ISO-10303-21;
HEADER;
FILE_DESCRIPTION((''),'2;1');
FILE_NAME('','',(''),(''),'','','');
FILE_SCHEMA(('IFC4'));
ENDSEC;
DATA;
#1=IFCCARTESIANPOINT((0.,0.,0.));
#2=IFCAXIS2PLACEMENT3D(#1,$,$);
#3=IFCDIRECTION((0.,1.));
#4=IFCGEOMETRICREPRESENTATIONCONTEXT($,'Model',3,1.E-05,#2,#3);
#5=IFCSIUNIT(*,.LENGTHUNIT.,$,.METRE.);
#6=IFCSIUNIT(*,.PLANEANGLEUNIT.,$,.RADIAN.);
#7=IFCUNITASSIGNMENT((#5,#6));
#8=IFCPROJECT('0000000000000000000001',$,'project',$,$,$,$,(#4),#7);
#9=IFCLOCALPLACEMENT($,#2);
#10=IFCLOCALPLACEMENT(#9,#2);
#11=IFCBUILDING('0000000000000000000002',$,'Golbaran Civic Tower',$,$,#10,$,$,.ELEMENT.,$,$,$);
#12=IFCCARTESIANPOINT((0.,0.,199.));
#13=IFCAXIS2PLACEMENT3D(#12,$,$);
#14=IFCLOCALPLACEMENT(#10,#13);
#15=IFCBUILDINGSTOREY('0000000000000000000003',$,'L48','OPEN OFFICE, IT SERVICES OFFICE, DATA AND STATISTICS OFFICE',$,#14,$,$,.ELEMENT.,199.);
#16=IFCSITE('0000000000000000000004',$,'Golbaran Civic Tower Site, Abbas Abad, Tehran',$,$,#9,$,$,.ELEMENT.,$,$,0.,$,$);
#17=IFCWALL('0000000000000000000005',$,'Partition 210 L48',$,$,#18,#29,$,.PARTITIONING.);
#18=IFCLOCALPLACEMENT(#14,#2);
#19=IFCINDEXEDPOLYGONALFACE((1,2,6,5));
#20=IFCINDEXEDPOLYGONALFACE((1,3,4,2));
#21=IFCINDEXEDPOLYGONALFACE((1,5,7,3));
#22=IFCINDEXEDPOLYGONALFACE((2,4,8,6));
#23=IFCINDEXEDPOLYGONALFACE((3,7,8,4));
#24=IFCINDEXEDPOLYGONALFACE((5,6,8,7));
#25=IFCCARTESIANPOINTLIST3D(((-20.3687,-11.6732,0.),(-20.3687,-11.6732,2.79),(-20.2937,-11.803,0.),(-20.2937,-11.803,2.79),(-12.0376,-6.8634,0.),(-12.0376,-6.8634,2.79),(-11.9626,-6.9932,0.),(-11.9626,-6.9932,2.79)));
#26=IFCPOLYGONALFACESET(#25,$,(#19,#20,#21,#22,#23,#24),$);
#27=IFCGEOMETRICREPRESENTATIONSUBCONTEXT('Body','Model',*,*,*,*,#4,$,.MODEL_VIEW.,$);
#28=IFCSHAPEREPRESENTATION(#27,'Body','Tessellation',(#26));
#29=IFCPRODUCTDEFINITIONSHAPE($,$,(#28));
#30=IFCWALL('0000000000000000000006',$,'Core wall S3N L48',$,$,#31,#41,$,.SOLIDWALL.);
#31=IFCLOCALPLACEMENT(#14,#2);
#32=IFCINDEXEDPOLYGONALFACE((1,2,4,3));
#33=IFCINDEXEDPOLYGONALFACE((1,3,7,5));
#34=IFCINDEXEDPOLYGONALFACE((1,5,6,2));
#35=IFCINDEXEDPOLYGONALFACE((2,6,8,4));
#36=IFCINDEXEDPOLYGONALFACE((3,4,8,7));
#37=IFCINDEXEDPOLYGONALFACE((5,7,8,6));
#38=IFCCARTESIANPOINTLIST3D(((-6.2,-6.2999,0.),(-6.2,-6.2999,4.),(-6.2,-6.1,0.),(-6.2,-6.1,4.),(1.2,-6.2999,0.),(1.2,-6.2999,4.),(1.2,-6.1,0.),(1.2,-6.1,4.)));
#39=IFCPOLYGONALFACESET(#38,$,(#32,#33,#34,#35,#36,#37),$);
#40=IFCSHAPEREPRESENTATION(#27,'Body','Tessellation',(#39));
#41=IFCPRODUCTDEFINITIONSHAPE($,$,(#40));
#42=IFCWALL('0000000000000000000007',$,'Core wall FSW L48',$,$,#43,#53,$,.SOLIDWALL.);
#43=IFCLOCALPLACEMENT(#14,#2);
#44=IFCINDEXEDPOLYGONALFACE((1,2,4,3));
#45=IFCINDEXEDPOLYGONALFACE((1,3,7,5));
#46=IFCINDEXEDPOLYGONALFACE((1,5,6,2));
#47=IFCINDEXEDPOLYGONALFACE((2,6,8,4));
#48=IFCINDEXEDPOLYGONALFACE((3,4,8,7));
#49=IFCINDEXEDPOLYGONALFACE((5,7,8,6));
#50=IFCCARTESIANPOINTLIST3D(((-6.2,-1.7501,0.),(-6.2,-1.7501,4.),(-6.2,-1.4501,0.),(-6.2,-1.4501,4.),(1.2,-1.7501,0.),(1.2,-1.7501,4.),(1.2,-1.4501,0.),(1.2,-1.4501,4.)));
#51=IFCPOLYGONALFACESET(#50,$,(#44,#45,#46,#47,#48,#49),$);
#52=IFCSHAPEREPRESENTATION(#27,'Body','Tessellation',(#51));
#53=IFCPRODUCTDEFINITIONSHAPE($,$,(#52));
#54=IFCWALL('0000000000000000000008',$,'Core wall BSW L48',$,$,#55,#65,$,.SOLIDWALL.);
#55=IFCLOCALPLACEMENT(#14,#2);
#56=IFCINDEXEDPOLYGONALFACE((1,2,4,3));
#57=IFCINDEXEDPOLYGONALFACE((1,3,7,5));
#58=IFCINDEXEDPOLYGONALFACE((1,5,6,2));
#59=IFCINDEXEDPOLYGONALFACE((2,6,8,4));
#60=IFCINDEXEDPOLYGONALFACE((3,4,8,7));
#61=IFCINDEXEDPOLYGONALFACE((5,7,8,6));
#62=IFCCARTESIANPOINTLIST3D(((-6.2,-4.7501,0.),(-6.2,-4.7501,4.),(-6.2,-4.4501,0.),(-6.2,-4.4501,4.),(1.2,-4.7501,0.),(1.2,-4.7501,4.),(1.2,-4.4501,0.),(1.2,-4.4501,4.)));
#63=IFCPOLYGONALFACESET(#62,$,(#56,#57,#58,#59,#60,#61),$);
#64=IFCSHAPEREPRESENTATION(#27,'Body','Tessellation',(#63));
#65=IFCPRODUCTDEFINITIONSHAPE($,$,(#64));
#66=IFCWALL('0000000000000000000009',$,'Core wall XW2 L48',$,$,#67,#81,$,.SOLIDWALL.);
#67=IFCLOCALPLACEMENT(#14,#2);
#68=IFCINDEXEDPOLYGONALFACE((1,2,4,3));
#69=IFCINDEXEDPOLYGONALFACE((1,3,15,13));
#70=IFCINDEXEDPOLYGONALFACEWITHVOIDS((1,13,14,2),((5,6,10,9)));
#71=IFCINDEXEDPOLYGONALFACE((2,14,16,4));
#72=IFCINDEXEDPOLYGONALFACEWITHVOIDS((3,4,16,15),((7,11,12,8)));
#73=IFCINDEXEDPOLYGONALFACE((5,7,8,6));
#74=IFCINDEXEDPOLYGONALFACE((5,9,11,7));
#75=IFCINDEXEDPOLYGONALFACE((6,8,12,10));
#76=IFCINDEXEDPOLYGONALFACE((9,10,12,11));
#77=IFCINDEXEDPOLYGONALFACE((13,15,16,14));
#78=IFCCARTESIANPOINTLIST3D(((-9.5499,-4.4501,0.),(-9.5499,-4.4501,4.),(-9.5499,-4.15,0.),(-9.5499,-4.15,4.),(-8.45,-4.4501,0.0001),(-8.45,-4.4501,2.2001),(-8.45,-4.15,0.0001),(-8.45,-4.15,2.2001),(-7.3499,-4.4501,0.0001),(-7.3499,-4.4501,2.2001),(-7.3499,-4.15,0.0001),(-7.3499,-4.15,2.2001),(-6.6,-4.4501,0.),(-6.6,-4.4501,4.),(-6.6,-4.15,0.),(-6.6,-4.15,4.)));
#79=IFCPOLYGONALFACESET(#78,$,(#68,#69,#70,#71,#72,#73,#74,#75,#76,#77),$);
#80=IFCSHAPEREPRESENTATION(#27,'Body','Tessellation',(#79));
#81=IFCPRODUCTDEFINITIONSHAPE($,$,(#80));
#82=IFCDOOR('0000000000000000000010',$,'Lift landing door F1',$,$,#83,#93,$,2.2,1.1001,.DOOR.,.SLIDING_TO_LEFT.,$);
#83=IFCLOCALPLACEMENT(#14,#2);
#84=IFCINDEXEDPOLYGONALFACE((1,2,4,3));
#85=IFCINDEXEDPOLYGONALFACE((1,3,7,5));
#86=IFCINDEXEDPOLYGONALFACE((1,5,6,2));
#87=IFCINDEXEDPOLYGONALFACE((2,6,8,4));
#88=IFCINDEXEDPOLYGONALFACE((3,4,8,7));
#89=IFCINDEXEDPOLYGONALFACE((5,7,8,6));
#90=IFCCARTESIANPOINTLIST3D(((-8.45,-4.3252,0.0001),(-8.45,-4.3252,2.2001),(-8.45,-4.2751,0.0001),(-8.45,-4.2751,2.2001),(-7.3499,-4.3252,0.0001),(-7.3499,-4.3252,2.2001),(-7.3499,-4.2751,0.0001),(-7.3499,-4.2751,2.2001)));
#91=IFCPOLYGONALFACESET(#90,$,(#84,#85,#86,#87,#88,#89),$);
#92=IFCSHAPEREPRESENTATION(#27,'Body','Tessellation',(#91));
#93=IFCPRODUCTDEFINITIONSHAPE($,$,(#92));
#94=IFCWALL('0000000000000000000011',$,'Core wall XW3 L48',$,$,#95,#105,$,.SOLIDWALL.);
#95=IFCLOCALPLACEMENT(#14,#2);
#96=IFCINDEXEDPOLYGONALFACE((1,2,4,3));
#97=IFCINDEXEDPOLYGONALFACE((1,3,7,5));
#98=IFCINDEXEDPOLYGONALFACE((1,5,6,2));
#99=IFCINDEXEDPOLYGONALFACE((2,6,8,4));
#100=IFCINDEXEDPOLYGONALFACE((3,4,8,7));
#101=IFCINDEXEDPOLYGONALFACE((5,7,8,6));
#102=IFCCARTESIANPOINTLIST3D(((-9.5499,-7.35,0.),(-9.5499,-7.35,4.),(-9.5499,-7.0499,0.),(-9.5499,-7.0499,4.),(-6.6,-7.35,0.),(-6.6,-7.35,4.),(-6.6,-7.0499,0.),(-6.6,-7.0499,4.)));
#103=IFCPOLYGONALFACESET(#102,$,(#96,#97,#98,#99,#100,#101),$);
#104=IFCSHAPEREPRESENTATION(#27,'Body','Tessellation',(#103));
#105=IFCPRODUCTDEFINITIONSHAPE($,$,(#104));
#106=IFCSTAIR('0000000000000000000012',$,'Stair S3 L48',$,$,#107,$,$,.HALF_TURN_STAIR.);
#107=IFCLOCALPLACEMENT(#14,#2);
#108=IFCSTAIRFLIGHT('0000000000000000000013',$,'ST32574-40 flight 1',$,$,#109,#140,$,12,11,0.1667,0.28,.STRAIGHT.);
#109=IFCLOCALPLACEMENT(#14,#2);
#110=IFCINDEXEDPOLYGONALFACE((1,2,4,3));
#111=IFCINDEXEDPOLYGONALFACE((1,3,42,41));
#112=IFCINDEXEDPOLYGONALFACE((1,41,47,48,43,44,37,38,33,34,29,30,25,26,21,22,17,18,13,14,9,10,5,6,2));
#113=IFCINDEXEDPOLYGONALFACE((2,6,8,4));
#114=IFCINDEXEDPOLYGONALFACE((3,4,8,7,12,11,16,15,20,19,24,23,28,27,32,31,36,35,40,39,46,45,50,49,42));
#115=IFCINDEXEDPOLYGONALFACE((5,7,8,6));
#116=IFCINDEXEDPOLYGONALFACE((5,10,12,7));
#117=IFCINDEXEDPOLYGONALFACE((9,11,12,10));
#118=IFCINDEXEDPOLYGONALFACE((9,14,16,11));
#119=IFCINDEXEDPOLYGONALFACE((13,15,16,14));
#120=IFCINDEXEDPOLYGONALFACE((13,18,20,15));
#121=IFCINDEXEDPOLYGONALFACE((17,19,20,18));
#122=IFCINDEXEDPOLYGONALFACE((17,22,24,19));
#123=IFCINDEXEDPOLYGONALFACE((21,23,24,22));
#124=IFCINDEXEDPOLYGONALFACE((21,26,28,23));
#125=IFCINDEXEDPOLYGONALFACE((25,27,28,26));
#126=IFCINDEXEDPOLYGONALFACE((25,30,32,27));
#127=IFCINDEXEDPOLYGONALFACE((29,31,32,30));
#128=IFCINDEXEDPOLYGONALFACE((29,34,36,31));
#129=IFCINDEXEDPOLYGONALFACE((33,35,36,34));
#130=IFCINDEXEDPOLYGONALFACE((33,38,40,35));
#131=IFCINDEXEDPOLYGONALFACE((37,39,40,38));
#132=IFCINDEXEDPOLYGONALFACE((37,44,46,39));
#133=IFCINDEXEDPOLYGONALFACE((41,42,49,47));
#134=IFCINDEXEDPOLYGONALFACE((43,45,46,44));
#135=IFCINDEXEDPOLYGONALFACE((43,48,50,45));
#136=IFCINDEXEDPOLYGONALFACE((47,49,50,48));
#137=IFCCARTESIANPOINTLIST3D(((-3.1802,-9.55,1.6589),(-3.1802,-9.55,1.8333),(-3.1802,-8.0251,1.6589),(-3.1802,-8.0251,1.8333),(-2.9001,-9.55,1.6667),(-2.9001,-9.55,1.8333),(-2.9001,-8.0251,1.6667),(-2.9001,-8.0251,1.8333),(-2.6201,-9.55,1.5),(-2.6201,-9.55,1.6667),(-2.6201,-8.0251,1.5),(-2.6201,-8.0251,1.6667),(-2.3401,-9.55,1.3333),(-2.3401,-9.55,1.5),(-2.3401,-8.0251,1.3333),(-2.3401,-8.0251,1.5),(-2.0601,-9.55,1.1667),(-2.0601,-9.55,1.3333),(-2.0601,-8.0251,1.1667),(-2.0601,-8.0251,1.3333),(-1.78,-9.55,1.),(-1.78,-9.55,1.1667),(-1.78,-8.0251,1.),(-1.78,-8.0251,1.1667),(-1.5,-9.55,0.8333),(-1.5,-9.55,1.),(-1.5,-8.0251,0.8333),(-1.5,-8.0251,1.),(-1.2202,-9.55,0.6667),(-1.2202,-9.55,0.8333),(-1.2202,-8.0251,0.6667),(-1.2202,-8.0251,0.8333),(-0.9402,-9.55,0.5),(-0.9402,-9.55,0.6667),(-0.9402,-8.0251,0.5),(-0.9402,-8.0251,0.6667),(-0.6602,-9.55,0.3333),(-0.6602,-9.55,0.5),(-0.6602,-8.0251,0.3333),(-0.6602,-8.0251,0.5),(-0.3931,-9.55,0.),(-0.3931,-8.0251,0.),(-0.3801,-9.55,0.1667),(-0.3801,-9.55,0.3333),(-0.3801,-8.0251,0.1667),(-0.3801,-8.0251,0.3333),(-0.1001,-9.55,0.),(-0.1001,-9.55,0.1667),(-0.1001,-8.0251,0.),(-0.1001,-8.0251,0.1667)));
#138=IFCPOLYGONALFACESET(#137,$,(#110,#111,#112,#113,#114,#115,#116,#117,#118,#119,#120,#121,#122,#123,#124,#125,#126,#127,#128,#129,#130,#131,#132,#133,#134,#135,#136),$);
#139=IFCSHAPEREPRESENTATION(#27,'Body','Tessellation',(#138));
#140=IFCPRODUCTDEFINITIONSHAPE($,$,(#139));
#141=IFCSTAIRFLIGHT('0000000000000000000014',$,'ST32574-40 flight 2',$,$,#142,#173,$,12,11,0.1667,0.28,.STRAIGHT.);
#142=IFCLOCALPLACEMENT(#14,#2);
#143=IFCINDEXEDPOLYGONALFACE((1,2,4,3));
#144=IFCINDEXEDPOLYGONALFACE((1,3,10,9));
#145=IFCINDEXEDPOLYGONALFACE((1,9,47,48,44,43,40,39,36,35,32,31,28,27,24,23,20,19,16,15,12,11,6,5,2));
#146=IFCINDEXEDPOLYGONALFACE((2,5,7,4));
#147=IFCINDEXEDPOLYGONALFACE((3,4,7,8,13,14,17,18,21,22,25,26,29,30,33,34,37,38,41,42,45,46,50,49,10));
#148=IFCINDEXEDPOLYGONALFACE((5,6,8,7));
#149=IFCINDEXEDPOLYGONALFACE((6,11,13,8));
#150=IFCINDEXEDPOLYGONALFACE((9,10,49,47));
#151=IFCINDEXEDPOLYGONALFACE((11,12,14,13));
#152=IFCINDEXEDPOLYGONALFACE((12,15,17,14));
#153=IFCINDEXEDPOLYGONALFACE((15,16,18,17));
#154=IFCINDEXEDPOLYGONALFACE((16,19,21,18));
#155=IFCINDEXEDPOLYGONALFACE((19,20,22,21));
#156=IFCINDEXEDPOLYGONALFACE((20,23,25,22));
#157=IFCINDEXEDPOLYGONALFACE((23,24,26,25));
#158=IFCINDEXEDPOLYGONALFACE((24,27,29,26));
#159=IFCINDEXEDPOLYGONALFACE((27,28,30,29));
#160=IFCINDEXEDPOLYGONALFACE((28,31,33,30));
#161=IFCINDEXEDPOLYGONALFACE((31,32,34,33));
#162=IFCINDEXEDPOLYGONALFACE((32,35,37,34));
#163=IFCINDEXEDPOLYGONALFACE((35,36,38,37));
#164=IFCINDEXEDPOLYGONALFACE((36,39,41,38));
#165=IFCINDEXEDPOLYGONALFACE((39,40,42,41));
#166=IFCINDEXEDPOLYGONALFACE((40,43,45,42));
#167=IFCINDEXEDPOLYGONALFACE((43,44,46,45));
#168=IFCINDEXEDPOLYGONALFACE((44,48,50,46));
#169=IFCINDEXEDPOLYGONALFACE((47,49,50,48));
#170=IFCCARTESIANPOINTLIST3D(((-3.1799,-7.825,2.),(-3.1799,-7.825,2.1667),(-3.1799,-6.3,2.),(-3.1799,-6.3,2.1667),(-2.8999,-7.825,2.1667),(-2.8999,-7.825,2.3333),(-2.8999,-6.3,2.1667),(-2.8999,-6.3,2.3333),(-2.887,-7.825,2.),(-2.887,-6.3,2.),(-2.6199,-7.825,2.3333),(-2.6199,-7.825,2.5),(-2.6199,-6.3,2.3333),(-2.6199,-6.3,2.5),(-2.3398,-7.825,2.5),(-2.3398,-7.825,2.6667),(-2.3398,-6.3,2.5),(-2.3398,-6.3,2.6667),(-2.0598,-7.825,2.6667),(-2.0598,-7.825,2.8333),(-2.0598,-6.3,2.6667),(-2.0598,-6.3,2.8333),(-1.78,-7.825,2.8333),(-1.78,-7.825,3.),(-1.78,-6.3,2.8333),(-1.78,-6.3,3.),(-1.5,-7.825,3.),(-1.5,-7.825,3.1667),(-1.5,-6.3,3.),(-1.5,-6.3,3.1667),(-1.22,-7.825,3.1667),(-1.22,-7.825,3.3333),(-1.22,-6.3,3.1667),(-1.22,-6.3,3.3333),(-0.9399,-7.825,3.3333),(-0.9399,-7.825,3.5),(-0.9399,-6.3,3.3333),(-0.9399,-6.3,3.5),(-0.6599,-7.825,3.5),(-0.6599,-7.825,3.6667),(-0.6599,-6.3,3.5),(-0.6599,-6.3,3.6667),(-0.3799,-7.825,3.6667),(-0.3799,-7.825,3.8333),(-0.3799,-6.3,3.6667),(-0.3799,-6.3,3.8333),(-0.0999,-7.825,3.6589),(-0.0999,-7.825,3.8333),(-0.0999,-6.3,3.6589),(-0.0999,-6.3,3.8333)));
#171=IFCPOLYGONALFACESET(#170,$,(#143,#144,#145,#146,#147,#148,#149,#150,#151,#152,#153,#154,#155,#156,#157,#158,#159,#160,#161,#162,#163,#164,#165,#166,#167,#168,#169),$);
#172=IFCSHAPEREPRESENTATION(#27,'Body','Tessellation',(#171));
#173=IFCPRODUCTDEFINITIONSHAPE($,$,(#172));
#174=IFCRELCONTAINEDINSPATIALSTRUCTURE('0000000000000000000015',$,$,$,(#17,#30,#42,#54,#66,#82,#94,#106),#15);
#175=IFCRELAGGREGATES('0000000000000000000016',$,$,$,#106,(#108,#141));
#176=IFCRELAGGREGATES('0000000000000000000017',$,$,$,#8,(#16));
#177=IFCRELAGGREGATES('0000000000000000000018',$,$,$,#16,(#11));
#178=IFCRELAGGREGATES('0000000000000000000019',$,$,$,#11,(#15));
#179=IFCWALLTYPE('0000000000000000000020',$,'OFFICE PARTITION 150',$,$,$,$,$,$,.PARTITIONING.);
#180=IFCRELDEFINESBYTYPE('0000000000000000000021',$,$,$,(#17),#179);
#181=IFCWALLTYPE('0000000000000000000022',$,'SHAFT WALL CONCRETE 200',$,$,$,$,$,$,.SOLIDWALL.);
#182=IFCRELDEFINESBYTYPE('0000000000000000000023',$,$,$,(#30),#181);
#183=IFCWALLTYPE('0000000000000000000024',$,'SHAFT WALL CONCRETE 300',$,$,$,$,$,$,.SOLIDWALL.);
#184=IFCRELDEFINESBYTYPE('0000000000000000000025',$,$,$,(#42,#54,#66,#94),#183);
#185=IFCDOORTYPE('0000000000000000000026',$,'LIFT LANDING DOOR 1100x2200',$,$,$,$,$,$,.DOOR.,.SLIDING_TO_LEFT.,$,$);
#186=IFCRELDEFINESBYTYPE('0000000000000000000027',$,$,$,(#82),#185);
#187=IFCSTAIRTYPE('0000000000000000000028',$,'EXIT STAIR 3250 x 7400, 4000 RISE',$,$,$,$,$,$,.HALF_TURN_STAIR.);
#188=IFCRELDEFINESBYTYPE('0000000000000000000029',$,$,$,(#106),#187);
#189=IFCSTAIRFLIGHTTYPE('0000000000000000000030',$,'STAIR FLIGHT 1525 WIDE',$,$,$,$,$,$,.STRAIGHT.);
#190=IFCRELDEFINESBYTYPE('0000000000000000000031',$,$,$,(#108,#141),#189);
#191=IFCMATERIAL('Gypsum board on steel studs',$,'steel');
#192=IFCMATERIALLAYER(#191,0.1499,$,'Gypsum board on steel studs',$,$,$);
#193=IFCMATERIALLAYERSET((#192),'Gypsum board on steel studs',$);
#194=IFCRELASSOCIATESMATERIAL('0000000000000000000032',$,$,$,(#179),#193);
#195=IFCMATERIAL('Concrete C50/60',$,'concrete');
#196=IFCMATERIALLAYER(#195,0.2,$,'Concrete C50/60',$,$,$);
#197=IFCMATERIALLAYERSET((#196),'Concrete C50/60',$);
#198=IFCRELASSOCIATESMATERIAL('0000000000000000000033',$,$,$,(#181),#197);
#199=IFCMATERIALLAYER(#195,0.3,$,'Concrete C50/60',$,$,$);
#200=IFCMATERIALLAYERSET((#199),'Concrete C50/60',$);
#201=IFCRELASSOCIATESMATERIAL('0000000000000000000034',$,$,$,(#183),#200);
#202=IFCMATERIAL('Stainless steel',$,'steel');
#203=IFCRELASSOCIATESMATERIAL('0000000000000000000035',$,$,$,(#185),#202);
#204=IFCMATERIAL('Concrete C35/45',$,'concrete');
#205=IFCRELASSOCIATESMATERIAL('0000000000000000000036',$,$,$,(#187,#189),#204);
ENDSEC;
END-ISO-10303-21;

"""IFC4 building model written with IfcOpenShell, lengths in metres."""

from ifc_helpers import new_model, si_unit, direction, frame, frame_2d, origin, place, context, subcontext, project, spatial, polyline, rectangle, outline, extrude, material, layer, layer_set, type_object, element, fill, aggregate, save


model = new_model("IFC4")

# Units and contexts
model_context = context("Model", 3, precision=1e-05, world=origin(), true_north=direction((0.0, 1.0)))
body_context = subcontext(model_context, "Body", "Model", "MODEL_VIEW")
ifc_project = project(units=[si_unit("LENGTHUNIT", "METRE"), si_unit("PLANEANGLEUNIT", "RADIAN")], contexts=[model_context])

# Site, building, storey
site_placement = place(None, origin())
site = spatial("IfcSite", under=ifc_project, at=site_placement, Name="Golbaran Civic Tower Site, Abbas Abad, Tehran", CompositionType="ELEMENT", RefElevation=0.0)
building_placement = place(site_placement, origin())
building = spatial("IfcBuilding", under=site, at=building_placement, Name="Golbaran Civic Tower", CompositionType="ELEMENT")
storey_placement = place(building_placement, frame((0.0, 0.0, 199.0)))
storey = spatial("IfcBuildingStorey", under=building, at=storey_placement, Name="L48", Description="OPEN OFFICE, IT SERVICES OFFICE, DATA AND STATISTICS OFFICE", CompositionType="ELEMENT", Elevation=199.0)

# Shared definitions
ifc_material_1 = material(Name="Concrete C35/45", Category="concrete")

# Walls
ifc_material_2 = material(Name="Gypsum board on steel studs", Category="steel")
ifc_layer_1 = layer(ifc_material_2, 0.1499, Name="Gypsum board on steel studs")
ifc_layer_set_1 = layer_set([ifc_layer_1], Name="Gypsum board on steel studs")
wall_type_1 = type_object("IfcWallType", Name="OFFICE PARTITION 150", PredefinedType="PARTITIONING", material=ifc_layer_set_1)
wall_1_placement = place(storey_placement, frame((-12.0, -6.9282, 0.0), z_axis=(0.0, 0.0, 1.0), x_axis=(-0.866031, -0.49999, 0.0)))
element("IfcWall", 1, at=wall_1_placement, inside=storey, type_object=wall_type_1, Name="Partition 210 L48", PredefinedType="PARTITIONING", context=body_context, shape_type="SweptSolid", body=[
    extrude(rectangle(XDim=9.6199, YDim=0.1499, at=frame_2d((4.8101, 0.0))), origin(), (0.0, 0.0, 1.0), 2.79),
])
ifc_material_3 = material(Name="Concrete C50/60", Category="concrete")
ifc_layer_2 = layer(ifc_material_3, 0.2, Name="Concrete C50/60")
ifc_layer_set_2 = layer_set([ifc_layer_2], Name="Concrete C50/60")
wall_type_2 = type_object("IfcWallType", Name="SHAFT WALL CONCRETE 200", PredefinedType="SOLIDWALL", material=ifc_layer_set_2)
wall_2_placement = place(storey_placement, frame((-6.2, -6.2, 0.0), z_axis=(0.0, 0.0, 1.0), x_axis=(1.0, 0.0, 0.0)))
element("IfcWall", 2, at=wall_2_placement, inside=storey, type_object=wall_type_2, Name="Core wall S3N L48", PredefinedType="SOLIDWALL", context=body_context, shape_type="SweptSolid", body=[
    extrude(rectangle(XDim=7.3999, YDim=0.2, at=frame_2d((3.7, 0.0))), origin(), (0.0, 0.0, 1.0), 4.0),
])
ifc_layer_3 = layer(ifc_material_3, 0.3, Name="Concrete C50/60")
ifc_layer_set_3 = layer_set([ifc_layer_3], Name="Concrete C50/60")
wall_type_3 = type_object("IfcWallType", Name="SHAFT WALL CONCRETE 300", PredefinedType="SOLIDWALL", material=ifc_layer_set_3)
for number, where, z_axis, x_axis, name in (
    (3, (-6.2, -1.6001, 0.0), (0.0, 0.0, 1.0), (1.0, 0.0, 0.0), "Core wall FSW L48"),
    (4, (-6.2, -4.6001, 0.0), (0.0, 0.0, 1.0), (1.0, 0.0, 0.0), "Core wall BSW L48"),
):
    element("IfcWall", number, at=place(storey_placement, frame(where, z_axis=z_axis, x_axis=x_axis)), inside=storey, type_object=wall_type_3, Name=name, PredefinedType="SOLIDWALL", context=body_context, shape_type="SweptSolid", body=[
        extrude(rectangle(XDim=7.3999, YDim=0.3, at=frame_2d((3.7, 0.0))), origin(), (0.0, 0.0, 1.0), 4.0),
    ])

# Wall, opening, door
wall_3_placement = place(storey_placement, frame((-9.55, -4.3, 0.0), z_axis=(0.0, 0.0, 1.0), x_axis=(1.0, 0.0, 0.0)))
wall_3 = element("IfcWall", 5, at=wall_3_placement, inside=storey, type_object=wall_type_3, Name="Core wall XW2 L48", PredefinedType="SOLIDWALL", context=body_context, shape_type="SweptSolid", body=[
    extrude(rectangle(XDim=2.95, YDim=0.3, at=frame_2d((1.4751, 0.0))), origin(), (0.0, 0.0, 1.0), 4.0),
])
opening_1_placement = place(wall_3_placement, frame((1.1001, 0.0, 0.0)))
opening_1 = element("IfcOpeningElement", 6, at=opening_1_placement, cuts=wall_3, PredefinedType="OPENING", context=body_context, shape_type="SweptSolid", body=[
    extrude(rectangle(XDim=1.1001, YDim=2.2, at=frame_2d((0.55, 1.1001))), frame((0.0, 0.1599, 0.0), z_axis=(0.0, -1.0, 0.0), x_axis=(1.0, 0.0, 0.0)), (0.0, 0.0, 1.0), 0.3201),
])
ifc_material_4 = material(Name="Stainless steel", Category="steel")
door_type_1 = type_object("IfcDoorType", Name="LIFT LANDING DOOR 1100x2200", OperationType="SLIDING_TO_LEFT", PredefinedType="DOOR", material=ifc_material_4)
door_1_placement = place(opening_1_placement, origin())
door_1 = element("IfcDoor", 7, at=door_1_placement, inside=storey, type_object=door_type_1, Name="Lift landing door F1", OperationType="SLIDING_TO_LEFT", OverallHeight=2.2, OverallWidth=1.1001, PredefinedType="DOOR", context=body_context, shape_type="SweptSolid", body=[
    extrude(rectangle(XDim=1.1001, YDim=2.2, at=frame_2d((0.55, 1.1001))), frame((0.0, 0.0249, 0.0), z_axis=(0.0, -1.0, 0.0), x_axis=(1.0, 0.0, 0.0)), (0.0, 0.0, 1.0), 0.05),
])
fill(opening_1, door_1)

# Wall
wall_4_placement = place(storey_placement, frame((-9.55, -7.2, 0.0), z_axis=(0.0, 0.0, 1.0), x_axis=(1.0, 0.0, 0.0)))
element("IfcWall", 8, at=wall_4_placement, inside=storey, type_object=wall_type_3, Name="Core wall XW3 L48", PredefinedType="SOLIDWALL", context=body_context, shape_type="SweptSolid", body=[
    extrude(rectangle(XDim=2.95, YDim=0.3, at=frame_2d((1.4751, 0.0))), origin(), (0.0, 0.0, 1.0), 4.0),
])

# Stair, stair flights
stair_type = type_object("IfcStairType", Name="EXIT STAIR 3250 x 7400, 4000 RISE", PredefinedType="HALF_TURN_STAIR", material=ifc_material_1)
stair_placement = place(storey_placement, origin())
stair = element("IfcStair", 9, at=stair_placement, inside=storey, type_object=stair_type, Name="Stair S3 L48", PredefinedType="HALF_TURN_STAIR")
stair_flight_type = type_object("IfcStairFlightType", Name="STAIR FLIGHT 1525 WIDE", PredefinedType="STRAIGHT", material=ifc_material_1)
stair_flight_1_placement = place(storey_placement, frame((-0.1001, -8.7876, 0.0), z_axis=(0.0, 0.0, 1.0), x_axis=(-1.0, 0.0, 0.0)))
stair_flight_1 = element("IfcStairFlight", 10, at=stair_flight_1_placement, type_object=stair_flight_type, Name="ST32574-40 flight 1", NumberOfRisers=12, NumberOfTreads=11, PredefinedType="STRAIGHT", RiserHeight=0.1667, TreadLength=0.28, context=body_context, shape_type="SweptSolid", body=[
    extrude(outline(polyline([(0.0, 0.0), (0.0, 0.1667), (0.28, 0.1667), (0.28, 0.3333), (0.5601, 0.3333), (0.5601, 0.5), (0.8401, 0.5), (0.8401, 0.6667), (1.1201, 0.6667), (1.1201, 0.8333), (1.3999, 0.8333), (1.3999, 1.0), (1.6799, 1.0), (1.6799, 1.1667), (1.96, 1.1667), (1.96, 1.3333), (2.24, 1.3333), (2.24, 1.5), (2.52, 1.5), (2.52, 1.6667), (2.8, 1.6667), (2.8, 1.8333), (3.0801, 1.8333), (3.0801, 2.0), (3.0801, 1.6589), (0.293, 0.0), (0.0, 0.0)])), frame((0.0, 0.7625, 0.0), z_axis=(0.0, -1.0, 0.0), x_axis=(1.0, 0.0, 0.0)), (0.0, 0.0, 1.0), 1.5249),
])
stair_flight_2_placement = place(storey_placement, frame((-3.1799, -7.0625, 2.0), z_axis=(0.0, 0.0, 1.0), x_axis=(1.0, 0.0, 0.0)))
stair_flight_2 = element("IfcStairFlight", 11, at=stair_flight_2_placement, type_object=stair_flight_type, Name="ST32574-40 flight 2", NumberOfRisers=12, NumberOfTreads=11, PredefinedType="STRAIGHT", RiserHeight=0.1667, TreadLength=0.28, context=body_context, shape_type="SweptSolid", body=[
    extrude(outline(polyline([(0.0, 0.0), (0.0, 0.1667), (0.28, 0.1667), (0.28, 0.3333), (0.5601, 0.3333), (0.5601, 0.5), (0.8401, 0.5), (0.8401, 0.6667), (1.1201, 0.6667), (1.1201, 0.8333), (1.3999, 0.8333), (1.3999, 1.0), (1.6799, 1.0), (1.6799, 1.1667), (1.96, 1.1667), (1.96, 1.3333), (2.24, 1.3333), (2.24, 1.5), (2.52, 1.5), (2.52, 1.6667), (2.8, 1.6667), (2.8, 1.8333), (3.0801, 1.8333), (3.0801, 2.0), (3.0801, 1.6589), (0.293, 0.0), (0.0, 0.0)])), frame((0.0, 0.7625, 0.0), z_axis=(0.0, -1.0, 0.0), x_axis=(1.0, 0.0, 0.0)), (0.0, 0.0, 1.0), 1.5249),
])
aggregate(stair, [stair_flight_1, stair_flight_2])

save(model, "model.ifc")
